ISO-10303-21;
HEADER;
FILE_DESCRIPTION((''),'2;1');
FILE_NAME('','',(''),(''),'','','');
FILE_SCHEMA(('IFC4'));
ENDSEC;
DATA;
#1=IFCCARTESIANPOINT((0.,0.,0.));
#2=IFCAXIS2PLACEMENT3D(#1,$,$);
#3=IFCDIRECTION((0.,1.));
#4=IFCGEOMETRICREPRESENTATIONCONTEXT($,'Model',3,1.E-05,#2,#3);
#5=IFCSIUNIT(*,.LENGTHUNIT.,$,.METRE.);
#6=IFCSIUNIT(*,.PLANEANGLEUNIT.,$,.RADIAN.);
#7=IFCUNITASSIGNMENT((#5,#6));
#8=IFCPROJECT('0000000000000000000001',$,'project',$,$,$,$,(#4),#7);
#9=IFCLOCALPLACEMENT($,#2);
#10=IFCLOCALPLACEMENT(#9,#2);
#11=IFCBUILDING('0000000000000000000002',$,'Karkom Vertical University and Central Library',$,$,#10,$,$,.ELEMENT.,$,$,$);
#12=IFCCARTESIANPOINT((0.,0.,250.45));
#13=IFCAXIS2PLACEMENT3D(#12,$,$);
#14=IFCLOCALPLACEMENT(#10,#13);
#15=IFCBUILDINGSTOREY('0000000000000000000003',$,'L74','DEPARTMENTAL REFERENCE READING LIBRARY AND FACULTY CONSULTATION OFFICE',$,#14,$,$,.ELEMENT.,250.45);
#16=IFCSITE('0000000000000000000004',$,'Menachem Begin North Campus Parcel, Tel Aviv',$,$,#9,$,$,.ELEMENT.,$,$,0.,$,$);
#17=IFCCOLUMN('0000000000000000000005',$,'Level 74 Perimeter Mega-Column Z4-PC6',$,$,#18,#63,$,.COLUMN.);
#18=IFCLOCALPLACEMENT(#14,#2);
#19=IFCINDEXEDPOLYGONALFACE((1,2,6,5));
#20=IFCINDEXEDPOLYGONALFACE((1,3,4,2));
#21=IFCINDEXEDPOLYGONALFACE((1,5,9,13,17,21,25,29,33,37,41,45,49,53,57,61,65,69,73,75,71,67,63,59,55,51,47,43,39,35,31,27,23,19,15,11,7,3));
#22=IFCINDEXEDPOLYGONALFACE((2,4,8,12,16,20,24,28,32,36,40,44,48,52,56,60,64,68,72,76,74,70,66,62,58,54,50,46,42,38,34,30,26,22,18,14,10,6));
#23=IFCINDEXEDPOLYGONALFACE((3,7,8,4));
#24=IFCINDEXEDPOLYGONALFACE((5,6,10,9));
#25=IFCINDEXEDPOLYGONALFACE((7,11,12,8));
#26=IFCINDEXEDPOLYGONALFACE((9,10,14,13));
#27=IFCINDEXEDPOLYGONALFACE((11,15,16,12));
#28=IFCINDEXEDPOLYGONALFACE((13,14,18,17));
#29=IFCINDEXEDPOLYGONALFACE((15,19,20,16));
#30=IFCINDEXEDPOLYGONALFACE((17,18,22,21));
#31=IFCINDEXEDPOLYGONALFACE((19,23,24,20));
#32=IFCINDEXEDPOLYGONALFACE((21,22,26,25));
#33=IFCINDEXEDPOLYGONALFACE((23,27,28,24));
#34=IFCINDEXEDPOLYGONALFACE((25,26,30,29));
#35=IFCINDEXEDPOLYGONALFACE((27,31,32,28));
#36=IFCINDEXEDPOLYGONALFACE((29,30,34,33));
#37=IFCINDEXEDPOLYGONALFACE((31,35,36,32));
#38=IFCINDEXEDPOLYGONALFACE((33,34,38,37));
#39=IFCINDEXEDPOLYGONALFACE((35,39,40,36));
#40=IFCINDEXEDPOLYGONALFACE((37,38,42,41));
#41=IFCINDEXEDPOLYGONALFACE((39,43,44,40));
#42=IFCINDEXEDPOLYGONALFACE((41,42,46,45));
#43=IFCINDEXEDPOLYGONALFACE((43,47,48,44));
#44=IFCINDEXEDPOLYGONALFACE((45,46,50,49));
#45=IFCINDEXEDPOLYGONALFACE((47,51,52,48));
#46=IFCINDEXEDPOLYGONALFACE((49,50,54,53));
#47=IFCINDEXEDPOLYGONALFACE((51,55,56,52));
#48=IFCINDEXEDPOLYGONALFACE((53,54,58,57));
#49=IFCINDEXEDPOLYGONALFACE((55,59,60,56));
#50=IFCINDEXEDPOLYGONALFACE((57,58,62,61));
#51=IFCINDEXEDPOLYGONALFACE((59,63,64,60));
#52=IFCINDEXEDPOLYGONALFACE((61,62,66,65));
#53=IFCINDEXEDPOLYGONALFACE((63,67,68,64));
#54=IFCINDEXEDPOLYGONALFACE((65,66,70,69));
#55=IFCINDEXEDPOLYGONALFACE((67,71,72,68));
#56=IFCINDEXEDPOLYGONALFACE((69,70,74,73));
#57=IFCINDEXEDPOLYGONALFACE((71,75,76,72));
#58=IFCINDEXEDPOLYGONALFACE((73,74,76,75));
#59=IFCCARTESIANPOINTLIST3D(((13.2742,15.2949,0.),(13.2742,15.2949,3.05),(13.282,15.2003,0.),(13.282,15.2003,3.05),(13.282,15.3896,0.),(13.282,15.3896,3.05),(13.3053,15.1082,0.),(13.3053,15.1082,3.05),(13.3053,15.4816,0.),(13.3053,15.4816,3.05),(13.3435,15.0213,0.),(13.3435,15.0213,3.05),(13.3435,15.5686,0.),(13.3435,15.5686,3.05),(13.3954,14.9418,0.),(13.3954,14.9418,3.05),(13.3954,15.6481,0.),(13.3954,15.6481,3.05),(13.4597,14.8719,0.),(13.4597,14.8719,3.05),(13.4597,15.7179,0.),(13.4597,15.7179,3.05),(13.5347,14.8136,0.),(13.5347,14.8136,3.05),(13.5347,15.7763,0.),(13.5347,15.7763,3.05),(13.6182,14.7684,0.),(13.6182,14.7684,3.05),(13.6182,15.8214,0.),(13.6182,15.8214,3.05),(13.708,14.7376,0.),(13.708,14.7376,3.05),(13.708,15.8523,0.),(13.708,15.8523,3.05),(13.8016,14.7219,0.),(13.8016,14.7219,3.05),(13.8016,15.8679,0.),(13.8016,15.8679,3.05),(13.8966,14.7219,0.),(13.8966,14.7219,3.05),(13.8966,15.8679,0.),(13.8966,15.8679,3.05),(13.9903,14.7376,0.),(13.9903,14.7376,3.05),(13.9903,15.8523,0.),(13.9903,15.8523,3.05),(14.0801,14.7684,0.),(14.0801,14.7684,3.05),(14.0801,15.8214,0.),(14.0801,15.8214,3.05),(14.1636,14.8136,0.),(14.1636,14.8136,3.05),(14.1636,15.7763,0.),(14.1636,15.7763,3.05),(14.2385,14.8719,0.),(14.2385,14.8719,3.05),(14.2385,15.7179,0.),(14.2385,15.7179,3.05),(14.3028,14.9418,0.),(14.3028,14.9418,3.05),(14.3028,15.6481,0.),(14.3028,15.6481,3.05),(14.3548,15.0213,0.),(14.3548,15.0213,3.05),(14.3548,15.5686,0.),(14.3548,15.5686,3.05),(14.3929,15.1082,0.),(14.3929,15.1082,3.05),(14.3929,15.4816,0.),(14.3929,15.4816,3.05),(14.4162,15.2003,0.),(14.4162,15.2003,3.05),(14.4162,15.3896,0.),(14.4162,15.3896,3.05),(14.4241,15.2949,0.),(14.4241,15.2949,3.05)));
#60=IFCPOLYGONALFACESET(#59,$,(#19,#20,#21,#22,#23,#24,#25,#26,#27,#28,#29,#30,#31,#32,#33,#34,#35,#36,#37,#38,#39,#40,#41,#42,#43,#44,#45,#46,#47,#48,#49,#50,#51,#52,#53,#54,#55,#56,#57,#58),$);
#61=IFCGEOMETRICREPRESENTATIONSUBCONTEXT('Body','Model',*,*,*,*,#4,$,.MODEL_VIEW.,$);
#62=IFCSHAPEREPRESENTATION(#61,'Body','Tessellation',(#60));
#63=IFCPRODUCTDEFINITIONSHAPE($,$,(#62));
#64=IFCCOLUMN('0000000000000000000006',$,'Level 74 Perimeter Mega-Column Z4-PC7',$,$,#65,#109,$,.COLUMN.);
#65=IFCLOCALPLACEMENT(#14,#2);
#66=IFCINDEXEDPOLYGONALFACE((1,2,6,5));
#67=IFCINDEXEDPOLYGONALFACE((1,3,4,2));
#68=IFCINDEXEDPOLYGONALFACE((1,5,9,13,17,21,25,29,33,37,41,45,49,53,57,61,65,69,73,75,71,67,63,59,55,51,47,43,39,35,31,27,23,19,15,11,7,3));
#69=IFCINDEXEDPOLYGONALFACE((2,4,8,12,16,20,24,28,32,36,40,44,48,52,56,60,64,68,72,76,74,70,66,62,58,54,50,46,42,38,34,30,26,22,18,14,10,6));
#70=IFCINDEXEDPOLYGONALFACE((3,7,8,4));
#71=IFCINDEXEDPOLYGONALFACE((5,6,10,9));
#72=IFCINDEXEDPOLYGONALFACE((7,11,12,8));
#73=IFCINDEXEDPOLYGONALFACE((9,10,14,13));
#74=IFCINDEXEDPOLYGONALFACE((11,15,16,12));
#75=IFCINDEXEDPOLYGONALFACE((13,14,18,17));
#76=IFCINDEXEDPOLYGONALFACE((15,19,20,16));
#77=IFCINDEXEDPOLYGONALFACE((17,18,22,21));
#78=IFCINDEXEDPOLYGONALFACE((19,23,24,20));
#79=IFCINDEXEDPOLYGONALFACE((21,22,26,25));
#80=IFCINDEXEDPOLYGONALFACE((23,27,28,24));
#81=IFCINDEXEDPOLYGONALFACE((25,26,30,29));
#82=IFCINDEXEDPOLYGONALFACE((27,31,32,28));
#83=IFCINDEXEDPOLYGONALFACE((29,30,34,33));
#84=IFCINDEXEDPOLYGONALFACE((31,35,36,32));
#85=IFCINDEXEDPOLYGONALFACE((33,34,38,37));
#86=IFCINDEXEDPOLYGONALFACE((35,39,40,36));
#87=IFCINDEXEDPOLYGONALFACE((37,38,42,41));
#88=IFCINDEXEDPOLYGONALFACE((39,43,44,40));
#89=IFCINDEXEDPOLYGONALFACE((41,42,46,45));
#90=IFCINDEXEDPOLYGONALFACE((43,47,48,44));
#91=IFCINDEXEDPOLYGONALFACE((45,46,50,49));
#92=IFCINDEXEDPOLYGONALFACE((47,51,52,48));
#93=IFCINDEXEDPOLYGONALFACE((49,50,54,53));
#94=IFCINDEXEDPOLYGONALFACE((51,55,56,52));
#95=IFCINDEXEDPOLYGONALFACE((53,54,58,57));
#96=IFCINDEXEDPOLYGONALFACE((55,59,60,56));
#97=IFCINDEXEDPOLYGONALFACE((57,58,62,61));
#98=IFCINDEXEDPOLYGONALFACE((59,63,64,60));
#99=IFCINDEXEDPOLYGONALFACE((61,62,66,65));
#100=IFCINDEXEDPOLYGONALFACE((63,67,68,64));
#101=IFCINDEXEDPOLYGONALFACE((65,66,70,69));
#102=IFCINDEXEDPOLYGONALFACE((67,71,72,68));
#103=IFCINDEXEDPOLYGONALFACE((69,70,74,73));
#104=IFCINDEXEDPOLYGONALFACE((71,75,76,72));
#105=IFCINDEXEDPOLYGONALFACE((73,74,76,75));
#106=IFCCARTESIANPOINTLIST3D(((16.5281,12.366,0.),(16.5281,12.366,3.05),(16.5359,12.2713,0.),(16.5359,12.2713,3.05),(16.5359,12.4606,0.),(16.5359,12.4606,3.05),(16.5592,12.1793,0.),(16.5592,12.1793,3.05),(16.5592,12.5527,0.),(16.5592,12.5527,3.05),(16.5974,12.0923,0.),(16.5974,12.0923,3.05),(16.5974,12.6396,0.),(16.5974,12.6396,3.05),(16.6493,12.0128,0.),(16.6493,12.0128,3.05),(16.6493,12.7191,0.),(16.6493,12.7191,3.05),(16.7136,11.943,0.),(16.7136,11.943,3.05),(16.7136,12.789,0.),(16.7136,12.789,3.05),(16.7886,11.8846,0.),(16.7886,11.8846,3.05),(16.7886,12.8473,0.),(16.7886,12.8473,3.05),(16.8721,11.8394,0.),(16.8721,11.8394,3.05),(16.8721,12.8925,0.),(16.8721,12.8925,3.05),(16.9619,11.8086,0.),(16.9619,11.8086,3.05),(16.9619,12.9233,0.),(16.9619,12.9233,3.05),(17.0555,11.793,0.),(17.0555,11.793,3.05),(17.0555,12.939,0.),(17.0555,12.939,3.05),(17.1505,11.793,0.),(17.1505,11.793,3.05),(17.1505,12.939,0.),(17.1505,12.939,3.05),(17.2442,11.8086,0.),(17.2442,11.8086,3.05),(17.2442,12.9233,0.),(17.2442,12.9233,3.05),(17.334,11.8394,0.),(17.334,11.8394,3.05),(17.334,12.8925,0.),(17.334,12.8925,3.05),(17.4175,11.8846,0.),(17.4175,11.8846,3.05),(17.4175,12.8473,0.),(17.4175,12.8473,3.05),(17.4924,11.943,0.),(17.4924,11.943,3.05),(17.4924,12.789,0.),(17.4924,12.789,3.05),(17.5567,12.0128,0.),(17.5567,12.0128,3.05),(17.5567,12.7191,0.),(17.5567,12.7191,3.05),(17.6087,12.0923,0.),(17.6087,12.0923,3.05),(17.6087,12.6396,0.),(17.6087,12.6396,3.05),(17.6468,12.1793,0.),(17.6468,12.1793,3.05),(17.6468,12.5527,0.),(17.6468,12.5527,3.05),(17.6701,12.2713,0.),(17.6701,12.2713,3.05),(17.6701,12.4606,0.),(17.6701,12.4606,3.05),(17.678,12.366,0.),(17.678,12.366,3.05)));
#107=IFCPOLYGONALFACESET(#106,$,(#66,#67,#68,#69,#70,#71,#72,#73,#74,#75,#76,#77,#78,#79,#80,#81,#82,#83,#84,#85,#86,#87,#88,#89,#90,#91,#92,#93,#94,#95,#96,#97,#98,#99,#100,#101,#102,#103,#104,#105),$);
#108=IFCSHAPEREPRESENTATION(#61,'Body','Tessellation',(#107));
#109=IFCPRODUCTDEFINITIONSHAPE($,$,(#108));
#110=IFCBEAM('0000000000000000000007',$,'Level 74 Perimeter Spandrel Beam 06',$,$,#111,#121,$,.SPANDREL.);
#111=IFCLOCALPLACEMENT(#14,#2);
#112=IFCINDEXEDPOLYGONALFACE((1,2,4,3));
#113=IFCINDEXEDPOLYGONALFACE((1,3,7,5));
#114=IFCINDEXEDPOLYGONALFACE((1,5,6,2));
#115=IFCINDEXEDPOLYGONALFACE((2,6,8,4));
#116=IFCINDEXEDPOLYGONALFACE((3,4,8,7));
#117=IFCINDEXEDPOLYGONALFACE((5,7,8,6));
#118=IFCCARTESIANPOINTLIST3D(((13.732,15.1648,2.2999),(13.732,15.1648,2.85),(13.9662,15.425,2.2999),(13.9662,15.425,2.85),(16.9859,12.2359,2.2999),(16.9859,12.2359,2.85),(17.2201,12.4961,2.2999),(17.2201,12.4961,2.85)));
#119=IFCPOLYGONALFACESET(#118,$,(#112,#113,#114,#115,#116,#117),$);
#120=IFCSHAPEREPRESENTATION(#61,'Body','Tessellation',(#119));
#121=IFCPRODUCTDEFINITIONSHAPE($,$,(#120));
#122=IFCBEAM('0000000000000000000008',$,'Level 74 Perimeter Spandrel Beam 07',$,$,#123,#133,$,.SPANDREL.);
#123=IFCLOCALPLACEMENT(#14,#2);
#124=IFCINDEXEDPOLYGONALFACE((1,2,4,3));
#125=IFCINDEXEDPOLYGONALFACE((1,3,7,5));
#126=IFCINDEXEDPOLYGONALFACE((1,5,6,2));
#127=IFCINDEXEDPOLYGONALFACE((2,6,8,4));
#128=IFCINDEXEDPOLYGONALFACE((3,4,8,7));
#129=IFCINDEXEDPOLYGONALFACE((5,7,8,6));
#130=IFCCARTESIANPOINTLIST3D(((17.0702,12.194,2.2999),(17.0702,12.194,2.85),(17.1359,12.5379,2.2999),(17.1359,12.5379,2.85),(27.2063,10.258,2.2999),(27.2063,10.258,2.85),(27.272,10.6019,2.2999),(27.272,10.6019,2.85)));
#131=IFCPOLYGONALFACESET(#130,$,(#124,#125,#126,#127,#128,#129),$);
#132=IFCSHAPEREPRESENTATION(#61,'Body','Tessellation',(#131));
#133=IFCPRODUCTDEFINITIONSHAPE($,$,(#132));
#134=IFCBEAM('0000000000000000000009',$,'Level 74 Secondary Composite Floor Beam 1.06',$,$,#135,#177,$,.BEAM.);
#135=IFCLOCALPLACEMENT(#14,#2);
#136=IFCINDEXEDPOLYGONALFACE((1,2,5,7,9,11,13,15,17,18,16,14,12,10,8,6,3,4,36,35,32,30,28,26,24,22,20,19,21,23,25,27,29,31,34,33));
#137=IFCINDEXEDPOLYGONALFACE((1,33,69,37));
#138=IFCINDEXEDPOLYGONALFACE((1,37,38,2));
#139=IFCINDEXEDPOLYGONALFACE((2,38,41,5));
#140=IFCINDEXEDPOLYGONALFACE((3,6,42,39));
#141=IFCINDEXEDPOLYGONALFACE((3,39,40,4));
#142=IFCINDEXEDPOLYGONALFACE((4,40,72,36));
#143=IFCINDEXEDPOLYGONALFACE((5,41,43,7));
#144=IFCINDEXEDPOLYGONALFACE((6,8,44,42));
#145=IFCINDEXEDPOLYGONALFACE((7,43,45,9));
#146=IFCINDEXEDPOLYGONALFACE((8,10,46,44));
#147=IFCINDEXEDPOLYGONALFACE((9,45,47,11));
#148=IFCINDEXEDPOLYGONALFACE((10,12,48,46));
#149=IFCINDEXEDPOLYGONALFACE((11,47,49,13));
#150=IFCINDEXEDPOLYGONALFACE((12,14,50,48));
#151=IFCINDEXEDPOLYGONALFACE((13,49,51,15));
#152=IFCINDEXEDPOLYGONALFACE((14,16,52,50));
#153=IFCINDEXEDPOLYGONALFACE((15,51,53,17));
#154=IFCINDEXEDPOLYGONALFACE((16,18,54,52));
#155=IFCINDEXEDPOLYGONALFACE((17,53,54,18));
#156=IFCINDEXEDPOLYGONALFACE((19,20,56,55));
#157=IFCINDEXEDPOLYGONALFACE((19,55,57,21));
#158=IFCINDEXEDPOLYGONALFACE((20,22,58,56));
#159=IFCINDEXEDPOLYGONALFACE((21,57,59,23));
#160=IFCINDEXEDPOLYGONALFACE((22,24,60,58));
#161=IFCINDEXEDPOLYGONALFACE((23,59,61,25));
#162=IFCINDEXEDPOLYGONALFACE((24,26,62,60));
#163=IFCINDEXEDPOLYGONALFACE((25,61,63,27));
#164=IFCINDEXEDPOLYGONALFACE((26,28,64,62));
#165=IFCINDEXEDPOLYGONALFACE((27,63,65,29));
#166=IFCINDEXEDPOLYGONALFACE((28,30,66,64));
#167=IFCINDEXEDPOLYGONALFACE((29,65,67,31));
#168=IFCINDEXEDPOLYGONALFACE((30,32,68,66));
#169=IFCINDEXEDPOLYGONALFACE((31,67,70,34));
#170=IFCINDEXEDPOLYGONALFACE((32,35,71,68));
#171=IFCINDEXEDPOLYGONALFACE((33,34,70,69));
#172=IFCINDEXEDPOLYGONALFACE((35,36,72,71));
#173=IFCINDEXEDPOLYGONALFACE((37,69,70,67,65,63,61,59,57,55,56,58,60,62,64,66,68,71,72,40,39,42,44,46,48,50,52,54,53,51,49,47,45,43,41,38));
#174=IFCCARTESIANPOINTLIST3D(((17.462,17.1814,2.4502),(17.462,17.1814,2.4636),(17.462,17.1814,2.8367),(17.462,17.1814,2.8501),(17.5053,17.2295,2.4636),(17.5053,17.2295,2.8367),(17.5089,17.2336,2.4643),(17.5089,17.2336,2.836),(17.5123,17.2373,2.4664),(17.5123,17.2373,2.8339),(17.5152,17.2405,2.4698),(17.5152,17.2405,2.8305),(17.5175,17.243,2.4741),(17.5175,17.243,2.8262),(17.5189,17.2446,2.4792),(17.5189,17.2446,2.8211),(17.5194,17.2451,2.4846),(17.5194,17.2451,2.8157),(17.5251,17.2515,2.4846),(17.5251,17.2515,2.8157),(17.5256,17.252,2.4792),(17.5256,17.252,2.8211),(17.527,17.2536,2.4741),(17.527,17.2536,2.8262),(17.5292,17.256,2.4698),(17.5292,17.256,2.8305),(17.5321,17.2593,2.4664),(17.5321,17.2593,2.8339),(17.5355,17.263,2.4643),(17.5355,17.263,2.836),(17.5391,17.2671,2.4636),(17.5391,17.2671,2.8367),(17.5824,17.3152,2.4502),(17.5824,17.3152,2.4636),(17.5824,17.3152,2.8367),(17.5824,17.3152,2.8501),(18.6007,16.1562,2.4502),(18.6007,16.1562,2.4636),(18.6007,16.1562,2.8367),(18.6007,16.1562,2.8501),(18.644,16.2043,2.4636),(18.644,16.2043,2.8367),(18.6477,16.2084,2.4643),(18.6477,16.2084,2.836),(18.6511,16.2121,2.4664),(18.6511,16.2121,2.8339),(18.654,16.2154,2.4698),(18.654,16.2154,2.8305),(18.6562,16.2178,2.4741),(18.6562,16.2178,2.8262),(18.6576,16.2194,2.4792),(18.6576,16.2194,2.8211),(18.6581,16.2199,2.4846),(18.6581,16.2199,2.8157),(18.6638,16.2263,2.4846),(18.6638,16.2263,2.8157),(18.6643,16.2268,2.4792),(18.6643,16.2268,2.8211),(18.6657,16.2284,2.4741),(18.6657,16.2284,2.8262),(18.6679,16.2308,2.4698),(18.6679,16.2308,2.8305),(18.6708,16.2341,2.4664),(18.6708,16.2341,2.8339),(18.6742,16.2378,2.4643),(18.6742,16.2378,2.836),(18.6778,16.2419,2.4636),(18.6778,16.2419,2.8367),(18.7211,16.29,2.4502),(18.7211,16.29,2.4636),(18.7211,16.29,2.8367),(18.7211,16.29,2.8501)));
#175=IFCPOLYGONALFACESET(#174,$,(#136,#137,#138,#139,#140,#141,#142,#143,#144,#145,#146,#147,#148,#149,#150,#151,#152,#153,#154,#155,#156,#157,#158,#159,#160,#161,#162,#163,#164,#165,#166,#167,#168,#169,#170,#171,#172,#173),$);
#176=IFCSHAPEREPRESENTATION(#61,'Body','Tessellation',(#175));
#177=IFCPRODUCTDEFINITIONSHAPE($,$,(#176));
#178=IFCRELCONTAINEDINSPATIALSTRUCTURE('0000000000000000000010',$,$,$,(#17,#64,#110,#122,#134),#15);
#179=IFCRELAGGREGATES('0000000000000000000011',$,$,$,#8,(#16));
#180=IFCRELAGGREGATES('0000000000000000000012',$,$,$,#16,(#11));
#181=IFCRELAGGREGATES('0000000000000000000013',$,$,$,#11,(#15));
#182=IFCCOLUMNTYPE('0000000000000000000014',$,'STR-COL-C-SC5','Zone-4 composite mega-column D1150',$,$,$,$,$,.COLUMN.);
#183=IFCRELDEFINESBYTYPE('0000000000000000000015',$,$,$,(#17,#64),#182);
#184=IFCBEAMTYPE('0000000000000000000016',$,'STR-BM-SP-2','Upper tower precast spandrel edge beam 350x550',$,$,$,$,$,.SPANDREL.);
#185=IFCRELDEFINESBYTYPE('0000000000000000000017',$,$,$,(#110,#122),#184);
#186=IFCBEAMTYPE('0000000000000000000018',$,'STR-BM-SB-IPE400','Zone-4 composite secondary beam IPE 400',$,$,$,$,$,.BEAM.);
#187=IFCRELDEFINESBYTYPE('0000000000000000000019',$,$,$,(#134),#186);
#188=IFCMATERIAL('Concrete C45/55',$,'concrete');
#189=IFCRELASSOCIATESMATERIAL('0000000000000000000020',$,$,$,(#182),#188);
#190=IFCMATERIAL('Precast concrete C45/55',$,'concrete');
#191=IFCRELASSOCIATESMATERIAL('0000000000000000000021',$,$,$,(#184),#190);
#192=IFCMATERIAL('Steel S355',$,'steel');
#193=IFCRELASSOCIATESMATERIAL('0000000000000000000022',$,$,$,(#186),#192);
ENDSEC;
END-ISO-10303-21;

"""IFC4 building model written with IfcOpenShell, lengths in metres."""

from ifc_helpers import new_model, si_unit, direction, frame, origin, origin_with_axes, origin_2d, place, context, subcontext, project, spatial, rectangle, circle, i_section, extrude, source, transform, mapped, material, material_profile, profile_set, type_object, element, save


model = new_model("IFC4")

# Units and contexts
model_context = context("Model", 3, precision=1e-05, world=origin(), true_north=direction((0.0, 1.0)))
body_context = subcontext(model_context, "Body", "Model", "MODEL_VIEW")
ifc_project = project(units=[si_unit("LENGTHUNIT", "METRE"), si_unit("PLANEANGLEUNIT", "RADIAN")], contexts=[model_context])

# Site, building, storey
site_placement = place(None, origin())
site = spatial("IfcSite", under=ifc_project, at=site_placement, Name="Menachem Begin North Campus Parcel, Tel Aviv", CompositionType="ELEMENT", RefElevation=0.0)
building_placement = place(site_placement, origin())
building = spatial("IfcBuilding", under=site, at=building_placement, Name="Karkom Vertical University and Central Library", CompositionType="ELEMENT")
storey_placement = place(building_placement, frame((0.0, 0.0, 250.45)))
storey = spatial("IfcBuildingStorey", under=building, at=storey_placement, Name="L74", Description="DEPARTMENTAL REFERENCE READING LIBRARY AND FACULTY CONSULTATION OFFICE", CompositionType="ELEMENT", Elevation=250.45)

# Columns
ifc_material_1 = material(Name="Concrete C45/55", Category="concrete")
ifc_material_profile_1 = material_profile(ifc_material_1, circle(Radius=0.575, at=origin_2d()), Name="CFT-D1150")
ifc_profile_set_1 = profile_set([ifc_material_profile_1], Name="Concrete C45/55")
column_type = type_object("IfcColumnType", Name="STR-COL-C-SC5", Description="Zone-4 composite mega-column D1150", PredefinedType="COLUMN", material=ifc_profile_set_1)
shared_shape_1 = source(origin_with_axes(), body_context, "Body", "SweptSolid", [
    extrude(circle(Radius=0.575, at=origin_2d()), origin(), (0.0, 0.0, 1.0), 3.05),
])
for number, where, z_axis, x_axis, name in (
    (1, (13.8491, 15.2949, 0.0), (0.0, 0.0, 1.0), (1.0, 0.0, 0.0), "Level 74 Perimeter Mega-Column Z4-PC6"),
    (2, (17.103, 12.366, 0.0), (0.0, 0.0, 1.0), (1.0, 0.0, 0.0), "Level 74 Perimeter Mega-Column Z4-PC7"),
):
    element("IfcColumn", number, at=place(storey_placement, frame(where, z_axis=z_axis, x_axis=x_axis)), inside=storey, type_object=column_type, Name=name, PredefinedType="COLUMN", context=body_context, shape_type="MappedRepresentation", body=[
        mapped(shared_shape_1, transform((0.0, 0.0, 0.0), scale=1.0)),
    ])

# Beams
ifc_material_2 = material(Name="Precast concrete C45/55", Category="concrete")
ifc_material_profile_2 = material_profile(ifc_material_2, rectangle(XDim=0.3501, YDim=0.55, at=origin_2d()), Name="SPB-350x550")
ifc_profile_set_2 = profile_set([ifc_material_profile_2], Name="Precast concrete C45/55")
beam_type_1 = type_object("IfcBeamType", Name="STR-BM-SP-2", Description="Upper tower precast spandrel edge beam 350x550", PredefinedType="SPANDREL", material=ifc_profile_set_2)
shared_shape_2 = source(origin_with_axes(), body_context, "Body", "SweptSolid", [
    extrude(rectangle(XDim=0.3501, YDim=0.55, at=origin_2d()), origin(), (0.0, 0.0, 1.0), 4.3779),
])
beam_1_placement = place(storey_placement, frame((13.8491, 15.2949, 2.575), z_axis=(0.743244, -0.66902, 0.0), x_axis=(0.66902, 0.743244, 0.0)))
element("IfcBeam", 3, at=beam_1_placement, inside=storey, type_object=beam_type_1, Name="Level 74 Perimeter Spandrel Beam 06", PredefinedType="SPANDREL", context=body_context, shape_type="MappedRepresentation", body=[
    mapped(shared_shape_2, transform((0.0, 0.0, 0.0), scale=1.0)),
])
shared_shape_3 = source(origin_with_axes(), body_context, "Body", "SweptSolid", [
    extrude(rectangle(XDim=0.3501, YDim=0.55, at=origin_2d()), origin(), (0.0, 0.0, 1.0), 10.3193),
])
beam_2_placement = place(storey_placement, frame((17.103, 12.366, 2.575), z_axis=(0.982243, -0.187614, 0.0), x_axis=(0.187614, 0.982243, 0.0)))
element("IfcBeam", 4, at=beam_2_placement, inside=storey, type_object=beam_type_1, Name="Level 74 Perimeter Spandrel Beam 07", PredefinedType="SPANDREL", context=body_context, shape_type="MappedRepresentation", body=[
    mapped(shared_shape_3, transform((0.0, 0.0, 0.0), scale=1.0)),
])
ifc_material_3 = material(Name="Steel S355", Category="steel")
ifc_material_profile_3 = material_profile(ifc_material_3, i_section(OverallWidth=0.1799, OverallDepth=0.3999, WebThickness=0.0085, FlangeThickness=0.0134, FilletRadius=0.021, at=origin_2d()), Name="IPE 400")
ifc_profile_set_3 = profile_set([ifc_material_profile_3], Name="Steel S355")
beam_type_2 = type_object("IfcBeamType", Name="STR-BM-SB-IPE400", Description="Zone-4 composite secondary beam IPE 400", PredefinedType="BEAM", material=ifc_profile_set_3)
shared_shape_4 = source(origin_with_axes(), body_context, "Body", "SweptSolid", [
    extrude(i_section(OverallWidth=0.1799, OverallDepth=0.3999, WebThickness=0.0085, FlangeThickness=0.0134, FilletRadius=0.021, at=origin_2d()), origin(), (0.0, 0.0, 1.0), 1.5322),
])
beam_3_placement = place(storey_placement, frame((17.5222, 17.2483, 2.6501), z_axis=(0.743183, -0.669088, 0.0), x_axis=(0.669088, 0.743183, 0.0)))
element("IfcBeam", 5, at=beam_3_placement, inside=storey, type_object=beam_type_2, Name="Level 74 Secondary Composite Floor Beam 1.06", PredefinedType="BEAM", context=body_context, shape_type="MappedRepresentation", body=[
    mapped(shared_shape_4, transform((0.0, 0.0, 0.0), scale=1.0)),
])

save(model, "model.ifc")
